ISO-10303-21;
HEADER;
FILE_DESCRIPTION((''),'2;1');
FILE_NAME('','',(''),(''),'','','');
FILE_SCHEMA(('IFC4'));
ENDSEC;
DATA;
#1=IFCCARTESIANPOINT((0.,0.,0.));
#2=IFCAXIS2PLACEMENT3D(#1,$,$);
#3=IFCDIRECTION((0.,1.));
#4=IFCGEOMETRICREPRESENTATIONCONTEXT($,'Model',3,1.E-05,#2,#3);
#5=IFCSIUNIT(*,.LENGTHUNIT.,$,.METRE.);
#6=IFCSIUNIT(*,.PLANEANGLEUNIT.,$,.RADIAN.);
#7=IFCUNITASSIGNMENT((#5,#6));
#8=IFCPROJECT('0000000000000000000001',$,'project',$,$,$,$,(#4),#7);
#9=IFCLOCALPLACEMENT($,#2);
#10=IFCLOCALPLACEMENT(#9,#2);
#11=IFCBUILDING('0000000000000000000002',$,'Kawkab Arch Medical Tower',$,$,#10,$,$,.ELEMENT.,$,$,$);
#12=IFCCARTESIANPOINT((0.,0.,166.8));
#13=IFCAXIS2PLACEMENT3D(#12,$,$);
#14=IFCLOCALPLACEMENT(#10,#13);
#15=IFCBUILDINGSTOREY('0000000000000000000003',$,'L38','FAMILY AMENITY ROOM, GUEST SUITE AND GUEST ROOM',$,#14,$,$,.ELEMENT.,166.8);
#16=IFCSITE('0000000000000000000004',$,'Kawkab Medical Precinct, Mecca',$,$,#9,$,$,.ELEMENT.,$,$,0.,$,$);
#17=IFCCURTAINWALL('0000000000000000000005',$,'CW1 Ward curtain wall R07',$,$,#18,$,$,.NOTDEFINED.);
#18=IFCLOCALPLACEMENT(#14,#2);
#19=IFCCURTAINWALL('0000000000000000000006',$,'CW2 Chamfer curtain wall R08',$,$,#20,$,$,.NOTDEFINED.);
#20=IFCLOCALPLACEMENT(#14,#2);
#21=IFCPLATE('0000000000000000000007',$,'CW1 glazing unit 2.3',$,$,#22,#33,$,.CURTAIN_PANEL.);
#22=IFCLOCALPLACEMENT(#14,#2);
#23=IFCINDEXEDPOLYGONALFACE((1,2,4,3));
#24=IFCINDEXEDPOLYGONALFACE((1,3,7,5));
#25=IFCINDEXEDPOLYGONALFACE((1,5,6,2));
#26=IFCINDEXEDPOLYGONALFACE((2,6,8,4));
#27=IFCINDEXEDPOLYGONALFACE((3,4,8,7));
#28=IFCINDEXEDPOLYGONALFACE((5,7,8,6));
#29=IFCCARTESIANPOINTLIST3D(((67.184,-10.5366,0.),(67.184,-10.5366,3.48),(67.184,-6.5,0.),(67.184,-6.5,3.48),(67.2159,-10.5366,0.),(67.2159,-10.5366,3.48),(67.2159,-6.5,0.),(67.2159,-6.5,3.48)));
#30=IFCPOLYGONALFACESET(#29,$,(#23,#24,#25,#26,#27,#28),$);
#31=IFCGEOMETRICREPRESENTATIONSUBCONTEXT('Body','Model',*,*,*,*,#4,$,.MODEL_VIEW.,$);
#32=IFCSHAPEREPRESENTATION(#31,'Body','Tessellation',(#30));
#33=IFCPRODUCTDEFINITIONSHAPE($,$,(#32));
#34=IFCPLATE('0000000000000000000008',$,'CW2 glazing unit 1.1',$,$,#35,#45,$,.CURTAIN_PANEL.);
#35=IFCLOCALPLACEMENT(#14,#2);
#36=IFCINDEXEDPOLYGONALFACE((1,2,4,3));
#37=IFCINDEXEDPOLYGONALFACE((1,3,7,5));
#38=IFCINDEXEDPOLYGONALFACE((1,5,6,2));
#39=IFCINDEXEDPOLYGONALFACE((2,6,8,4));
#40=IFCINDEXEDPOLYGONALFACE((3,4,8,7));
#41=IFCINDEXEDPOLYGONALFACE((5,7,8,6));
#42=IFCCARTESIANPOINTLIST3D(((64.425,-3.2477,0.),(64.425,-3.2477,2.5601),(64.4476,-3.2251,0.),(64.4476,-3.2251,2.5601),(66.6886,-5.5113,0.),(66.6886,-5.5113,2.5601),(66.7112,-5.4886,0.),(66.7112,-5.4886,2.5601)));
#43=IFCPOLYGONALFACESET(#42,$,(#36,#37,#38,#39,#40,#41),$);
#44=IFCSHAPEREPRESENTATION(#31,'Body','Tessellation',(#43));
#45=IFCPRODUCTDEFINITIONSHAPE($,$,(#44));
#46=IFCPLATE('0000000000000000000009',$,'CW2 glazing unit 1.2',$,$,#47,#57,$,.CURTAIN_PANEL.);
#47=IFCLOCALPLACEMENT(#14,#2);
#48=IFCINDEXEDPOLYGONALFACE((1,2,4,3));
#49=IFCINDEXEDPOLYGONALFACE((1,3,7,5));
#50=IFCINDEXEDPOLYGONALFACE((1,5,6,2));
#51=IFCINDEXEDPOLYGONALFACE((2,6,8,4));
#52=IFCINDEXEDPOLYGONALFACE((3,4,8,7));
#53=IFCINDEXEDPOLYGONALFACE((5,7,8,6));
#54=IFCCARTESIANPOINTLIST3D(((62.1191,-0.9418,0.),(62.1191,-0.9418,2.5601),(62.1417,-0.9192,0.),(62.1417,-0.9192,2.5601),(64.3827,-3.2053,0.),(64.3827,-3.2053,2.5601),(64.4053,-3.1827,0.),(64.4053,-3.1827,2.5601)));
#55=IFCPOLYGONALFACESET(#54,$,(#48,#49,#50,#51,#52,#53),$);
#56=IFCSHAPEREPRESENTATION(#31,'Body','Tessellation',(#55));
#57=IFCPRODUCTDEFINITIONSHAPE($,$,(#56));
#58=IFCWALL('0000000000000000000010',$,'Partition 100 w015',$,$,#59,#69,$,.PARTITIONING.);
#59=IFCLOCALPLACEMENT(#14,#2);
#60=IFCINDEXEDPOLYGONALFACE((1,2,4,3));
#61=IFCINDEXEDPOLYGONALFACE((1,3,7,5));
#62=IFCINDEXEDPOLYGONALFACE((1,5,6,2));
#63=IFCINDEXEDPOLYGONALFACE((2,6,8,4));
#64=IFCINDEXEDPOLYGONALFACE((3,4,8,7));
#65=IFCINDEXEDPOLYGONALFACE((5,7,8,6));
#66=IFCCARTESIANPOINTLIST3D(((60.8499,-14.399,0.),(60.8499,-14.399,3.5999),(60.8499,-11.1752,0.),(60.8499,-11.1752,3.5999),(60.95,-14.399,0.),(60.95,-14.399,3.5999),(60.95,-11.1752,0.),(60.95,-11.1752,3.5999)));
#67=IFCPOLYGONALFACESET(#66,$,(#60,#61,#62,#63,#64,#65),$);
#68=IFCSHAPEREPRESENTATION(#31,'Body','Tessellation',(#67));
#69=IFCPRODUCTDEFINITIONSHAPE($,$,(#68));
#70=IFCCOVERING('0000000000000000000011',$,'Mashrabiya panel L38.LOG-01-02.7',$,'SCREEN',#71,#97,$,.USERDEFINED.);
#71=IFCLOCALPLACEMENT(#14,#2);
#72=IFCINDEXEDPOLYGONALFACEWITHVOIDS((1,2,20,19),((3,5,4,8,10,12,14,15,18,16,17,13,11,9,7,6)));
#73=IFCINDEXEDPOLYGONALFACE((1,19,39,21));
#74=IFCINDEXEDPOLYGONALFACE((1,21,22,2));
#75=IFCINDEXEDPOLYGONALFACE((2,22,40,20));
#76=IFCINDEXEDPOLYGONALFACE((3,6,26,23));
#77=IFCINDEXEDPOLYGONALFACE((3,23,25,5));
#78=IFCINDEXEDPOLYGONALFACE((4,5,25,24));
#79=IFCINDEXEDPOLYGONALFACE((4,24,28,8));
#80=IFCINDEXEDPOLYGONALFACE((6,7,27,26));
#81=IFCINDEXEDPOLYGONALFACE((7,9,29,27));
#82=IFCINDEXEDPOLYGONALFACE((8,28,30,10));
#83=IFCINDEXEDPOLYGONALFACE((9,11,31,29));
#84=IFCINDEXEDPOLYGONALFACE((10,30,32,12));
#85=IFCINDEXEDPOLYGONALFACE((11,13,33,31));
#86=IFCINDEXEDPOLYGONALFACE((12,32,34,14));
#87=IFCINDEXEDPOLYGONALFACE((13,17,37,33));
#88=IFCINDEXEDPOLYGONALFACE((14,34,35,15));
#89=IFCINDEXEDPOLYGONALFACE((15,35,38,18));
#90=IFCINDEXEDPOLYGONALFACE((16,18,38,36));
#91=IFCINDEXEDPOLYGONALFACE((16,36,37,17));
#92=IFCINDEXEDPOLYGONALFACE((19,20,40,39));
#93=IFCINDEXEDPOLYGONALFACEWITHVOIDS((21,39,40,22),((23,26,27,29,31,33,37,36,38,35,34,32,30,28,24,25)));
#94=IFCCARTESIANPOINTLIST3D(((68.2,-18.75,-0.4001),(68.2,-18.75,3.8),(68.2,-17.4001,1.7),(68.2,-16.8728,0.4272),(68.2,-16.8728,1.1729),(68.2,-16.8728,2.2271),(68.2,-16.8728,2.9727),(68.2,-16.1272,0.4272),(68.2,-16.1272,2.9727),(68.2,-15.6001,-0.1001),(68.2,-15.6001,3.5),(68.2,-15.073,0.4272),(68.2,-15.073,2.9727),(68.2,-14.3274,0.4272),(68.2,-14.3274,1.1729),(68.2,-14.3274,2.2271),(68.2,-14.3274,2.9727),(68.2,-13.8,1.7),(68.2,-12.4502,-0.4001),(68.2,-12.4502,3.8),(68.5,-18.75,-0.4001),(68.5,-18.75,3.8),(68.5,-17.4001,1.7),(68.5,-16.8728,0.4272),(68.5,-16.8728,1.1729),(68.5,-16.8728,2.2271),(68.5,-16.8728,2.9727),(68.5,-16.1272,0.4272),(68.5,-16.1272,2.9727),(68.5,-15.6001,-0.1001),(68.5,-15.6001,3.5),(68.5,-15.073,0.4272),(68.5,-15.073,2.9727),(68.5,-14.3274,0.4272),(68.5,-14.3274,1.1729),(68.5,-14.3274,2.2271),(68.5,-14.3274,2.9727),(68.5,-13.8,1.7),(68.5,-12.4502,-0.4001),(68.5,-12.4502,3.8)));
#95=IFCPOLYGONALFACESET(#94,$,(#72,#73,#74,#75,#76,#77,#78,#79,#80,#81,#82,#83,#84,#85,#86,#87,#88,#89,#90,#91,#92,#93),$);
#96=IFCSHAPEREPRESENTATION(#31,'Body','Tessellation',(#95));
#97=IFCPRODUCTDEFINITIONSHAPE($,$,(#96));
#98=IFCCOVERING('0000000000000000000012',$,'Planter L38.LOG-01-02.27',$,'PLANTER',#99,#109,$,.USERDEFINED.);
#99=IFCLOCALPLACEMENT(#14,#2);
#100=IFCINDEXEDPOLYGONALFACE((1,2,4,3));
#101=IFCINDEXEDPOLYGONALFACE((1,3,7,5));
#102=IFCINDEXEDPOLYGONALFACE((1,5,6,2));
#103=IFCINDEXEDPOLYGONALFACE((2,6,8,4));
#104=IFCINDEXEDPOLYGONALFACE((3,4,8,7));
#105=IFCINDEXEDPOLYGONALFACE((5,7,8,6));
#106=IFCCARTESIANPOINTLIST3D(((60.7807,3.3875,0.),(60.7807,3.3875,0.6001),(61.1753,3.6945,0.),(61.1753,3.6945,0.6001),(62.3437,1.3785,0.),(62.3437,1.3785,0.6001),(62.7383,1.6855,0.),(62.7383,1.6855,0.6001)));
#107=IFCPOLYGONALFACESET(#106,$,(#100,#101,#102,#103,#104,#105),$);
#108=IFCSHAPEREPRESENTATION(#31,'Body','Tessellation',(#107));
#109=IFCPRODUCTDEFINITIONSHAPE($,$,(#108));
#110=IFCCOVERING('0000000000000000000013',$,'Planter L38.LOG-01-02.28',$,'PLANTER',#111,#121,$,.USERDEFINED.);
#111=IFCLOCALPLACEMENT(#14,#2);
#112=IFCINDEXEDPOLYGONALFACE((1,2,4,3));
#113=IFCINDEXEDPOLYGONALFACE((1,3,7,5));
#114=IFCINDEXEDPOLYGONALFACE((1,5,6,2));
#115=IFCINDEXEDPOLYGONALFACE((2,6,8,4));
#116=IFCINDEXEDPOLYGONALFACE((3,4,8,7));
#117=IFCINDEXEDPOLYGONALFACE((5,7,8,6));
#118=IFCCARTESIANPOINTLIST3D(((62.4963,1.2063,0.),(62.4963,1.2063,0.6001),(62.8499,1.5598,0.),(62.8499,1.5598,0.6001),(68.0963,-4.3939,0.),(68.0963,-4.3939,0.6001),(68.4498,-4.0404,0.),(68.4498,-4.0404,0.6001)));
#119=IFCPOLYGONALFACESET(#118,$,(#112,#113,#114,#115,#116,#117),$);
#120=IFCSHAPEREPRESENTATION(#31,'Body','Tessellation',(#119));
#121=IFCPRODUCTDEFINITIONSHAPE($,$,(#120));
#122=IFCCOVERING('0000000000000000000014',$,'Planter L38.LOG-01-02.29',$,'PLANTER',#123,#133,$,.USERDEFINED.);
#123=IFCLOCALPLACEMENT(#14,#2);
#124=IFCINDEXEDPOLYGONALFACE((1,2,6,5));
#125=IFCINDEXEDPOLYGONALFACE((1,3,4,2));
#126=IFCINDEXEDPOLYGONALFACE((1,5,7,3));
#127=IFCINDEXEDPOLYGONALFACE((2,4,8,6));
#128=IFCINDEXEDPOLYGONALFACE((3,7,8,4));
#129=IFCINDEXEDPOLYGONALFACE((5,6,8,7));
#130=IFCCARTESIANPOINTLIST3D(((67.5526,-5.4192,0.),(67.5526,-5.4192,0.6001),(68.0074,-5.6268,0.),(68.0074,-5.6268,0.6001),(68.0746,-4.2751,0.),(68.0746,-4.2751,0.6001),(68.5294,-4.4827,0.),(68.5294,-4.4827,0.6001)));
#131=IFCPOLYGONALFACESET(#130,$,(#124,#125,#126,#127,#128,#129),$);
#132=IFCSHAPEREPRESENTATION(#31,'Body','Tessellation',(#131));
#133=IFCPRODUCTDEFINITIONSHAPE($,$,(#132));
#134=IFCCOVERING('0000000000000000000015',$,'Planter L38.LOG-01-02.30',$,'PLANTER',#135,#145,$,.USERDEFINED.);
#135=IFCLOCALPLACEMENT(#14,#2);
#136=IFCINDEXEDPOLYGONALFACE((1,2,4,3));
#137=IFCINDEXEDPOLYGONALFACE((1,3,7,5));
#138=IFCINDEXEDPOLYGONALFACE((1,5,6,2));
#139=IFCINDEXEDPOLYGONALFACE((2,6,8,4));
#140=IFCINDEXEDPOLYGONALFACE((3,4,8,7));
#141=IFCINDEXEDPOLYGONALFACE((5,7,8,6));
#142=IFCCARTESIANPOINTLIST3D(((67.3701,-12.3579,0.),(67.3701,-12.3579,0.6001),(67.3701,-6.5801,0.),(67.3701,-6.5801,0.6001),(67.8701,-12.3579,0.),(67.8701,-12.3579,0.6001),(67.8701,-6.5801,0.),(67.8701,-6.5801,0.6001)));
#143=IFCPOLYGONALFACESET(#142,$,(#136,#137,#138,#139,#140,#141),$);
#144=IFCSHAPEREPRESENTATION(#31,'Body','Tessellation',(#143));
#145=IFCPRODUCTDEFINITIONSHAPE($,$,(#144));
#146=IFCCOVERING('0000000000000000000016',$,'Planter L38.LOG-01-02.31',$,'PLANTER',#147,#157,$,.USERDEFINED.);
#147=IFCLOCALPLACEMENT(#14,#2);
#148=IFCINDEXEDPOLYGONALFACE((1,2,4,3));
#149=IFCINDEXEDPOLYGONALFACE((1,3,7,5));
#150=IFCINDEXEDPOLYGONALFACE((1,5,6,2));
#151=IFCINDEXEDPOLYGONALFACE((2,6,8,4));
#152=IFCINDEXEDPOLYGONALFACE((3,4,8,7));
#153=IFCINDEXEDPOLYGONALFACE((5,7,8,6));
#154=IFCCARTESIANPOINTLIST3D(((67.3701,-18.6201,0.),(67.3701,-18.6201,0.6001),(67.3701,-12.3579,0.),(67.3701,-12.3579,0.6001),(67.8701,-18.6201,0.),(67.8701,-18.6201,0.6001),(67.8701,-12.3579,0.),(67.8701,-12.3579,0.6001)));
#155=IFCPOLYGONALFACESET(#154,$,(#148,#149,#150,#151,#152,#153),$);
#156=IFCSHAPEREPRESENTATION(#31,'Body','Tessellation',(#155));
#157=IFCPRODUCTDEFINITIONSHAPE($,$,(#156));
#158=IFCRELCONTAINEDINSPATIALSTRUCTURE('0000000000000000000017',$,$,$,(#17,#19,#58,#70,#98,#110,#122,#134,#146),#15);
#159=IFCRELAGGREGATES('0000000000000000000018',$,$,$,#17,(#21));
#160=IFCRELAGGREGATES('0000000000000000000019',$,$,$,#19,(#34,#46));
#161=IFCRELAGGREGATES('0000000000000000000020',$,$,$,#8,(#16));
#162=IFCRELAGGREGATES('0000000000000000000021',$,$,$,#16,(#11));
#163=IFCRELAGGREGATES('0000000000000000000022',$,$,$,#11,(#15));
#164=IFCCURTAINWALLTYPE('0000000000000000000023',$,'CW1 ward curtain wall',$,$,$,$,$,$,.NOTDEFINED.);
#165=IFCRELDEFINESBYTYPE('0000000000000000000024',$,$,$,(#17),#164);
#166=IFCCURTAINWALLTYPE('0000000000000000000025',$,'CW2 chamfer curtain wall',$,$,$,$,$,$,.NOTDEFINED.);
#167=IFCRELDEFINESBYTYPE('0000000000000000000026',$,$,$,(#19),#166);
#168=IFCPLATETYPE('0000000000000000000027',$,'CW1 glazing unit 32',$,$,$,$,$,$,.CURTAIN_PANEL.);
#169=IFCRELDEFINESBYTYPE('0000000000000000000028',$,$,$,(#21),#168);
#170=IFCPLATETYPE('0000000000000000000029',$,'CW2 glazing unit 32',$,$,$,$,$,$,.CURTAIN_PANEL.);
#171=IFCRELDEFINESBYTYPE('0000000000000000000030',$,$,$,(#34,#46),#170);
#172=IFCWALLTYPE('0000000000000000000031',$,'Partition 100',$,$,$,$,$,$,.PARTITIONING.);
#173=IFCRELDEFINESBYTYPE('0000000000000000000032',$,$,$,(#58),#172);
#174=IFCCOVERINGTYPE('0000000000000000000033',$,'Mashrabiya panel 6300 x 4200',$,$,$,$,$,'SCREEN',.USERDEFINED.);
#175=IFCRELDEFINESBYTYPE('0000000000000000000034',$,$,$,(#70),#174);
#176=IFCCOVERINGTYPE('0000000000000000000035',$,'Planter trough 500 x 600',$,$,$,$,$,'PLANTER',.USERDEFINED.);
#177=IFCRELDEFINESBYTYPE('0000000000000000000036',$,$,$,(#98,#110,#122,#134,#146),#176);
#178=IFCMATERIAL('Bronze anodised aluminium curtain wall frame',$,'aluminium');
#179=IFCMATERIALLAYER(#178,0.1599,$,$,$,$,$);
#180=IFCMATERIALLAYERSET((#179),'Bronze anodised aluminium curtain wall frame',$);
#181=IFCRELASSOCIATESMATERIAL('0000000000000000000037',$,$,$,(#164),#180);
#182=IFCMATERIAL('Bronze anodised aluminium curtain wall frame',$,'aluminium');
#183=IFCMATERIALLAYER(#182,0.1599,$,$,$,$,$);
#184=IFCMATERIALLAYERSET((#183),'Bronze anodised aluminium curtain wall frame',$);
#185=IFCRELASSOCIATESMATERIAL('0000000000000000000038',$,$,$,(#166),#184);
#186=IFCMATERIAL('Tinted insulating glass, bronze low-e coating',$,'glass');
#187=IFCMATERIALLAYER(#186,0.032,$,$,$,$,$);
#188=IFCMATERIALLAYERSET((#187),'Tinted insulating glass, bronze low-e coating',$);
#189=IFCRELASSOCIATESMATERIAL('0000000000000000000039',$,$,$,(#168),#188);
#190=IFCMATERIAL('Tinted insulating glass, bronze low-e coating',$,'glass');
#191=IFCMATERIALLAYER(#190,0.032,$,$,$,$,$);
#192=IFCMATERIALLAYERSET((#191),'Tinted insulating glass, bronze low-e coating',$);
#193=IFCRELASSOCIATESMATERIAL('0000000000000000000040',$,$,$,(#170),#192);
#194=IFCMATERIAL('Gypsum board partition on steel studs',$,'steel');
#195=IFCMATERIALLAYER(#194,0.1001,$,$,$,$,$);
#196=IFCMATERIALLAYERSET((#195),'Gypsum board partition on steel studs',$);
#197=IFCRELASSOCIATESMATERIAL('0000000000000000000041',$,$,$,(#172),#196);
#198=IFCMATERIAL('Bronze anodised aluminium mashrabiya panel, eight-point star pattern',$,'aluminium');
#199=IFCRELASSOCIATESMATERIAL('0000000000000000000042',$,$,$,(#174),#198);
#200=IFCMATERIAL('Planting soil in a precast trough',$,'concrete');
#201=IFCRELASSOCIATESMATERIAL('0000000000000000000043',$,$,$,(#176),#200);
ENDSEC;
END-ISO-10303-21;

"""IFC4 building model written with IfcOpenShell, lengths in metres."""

from ifc_helpers import new_model, si_unit, direction, frame, frame_2d, origin, origin_2d, place, context, subcontext, project, spatial, polyline, rectangle, outline, extrude, material, layer, layer_set, material_profile, profile_set, type_object, element, aggregate, save


model = new_model("IFC4")

# Units and contexts
model_context = context("Model", 3, precision=1e-05, world=origin(), true_north=direction((0.0, 1.0)))
body_context = subcontext(model_context, "Body", "Model", "MODEL_VIEW")
ifc_project = project(units=[si_unit("LENGTHUNIT", "METRE"), si_unit("PLANEANGLEUNIT", "RADIAN")], contexts=[model_context])

# Site, building, storey
site_placement = place(None, origin())
site = spatial("IfcSite", under=ifc_project, at=site_placement, Name="Kawkab Medical Precinct, Mecca", CompositionType="ELEMENT", RefElevation=0.0)
building_placement = place(site_placement, origin())
building = spatial("IfcBuilding", under=site, at=building_placement, Name="Kawkab Arch Medical Tower", CompositionType="ELEMENT")
storey_placement = place(building_placement, frame((0.0, 0.0, 166.8)))
storey = spatial("IfcBuildingStorey", under=building, at=storey_placement, Name="L38", Description="FAMILY AMENITY ROOM, GUEST SUITE AND GUEST ROOM", CompositionType="ELEMENT", Elevation=166.8)

# Curtain walls
ifc_material_1 = material(Name="Bronze anodised aluminium curtain wall frame", Category="aluminium")
ifc_layer_1 = layer(ifc_material_1, 0.1599)
ifc_layer_set_1 = layer_set([ifc_layer_1], Name="Bronze anodised aluminium curtain wall frame")
curtain_wall_type_1 = type_object("IfcCurtainWallType", Name="CW1 ward curtain wall", PredefinedType="NOTDEFINED", material=ifc_layer_set_1)
placement = place(storey_placement, origin())
curtain_wall_1 = element("IfcCurtainWall", 1, at=placement, inside=storey, type_object=curtain_wall_type_1, Name="CW1 Ward curtain wall R07", PredefinedType="NOTDEFINED")
ifc_material_2 = material(Name="Bronze anodised aluminium curtain wall frame", Category="aluminium")
ifc_layer_2 = layer(ifc_material_2, 0.1599)
ifc_layer_set_2 = layer_set([ifc_layer_2], Name="Bronze anodised aluminium curtain wall frame")
curtain_wall_type_2 = type_object("IfcCurtainWallType", Name="CW2 chamfer curtain wall", PredefinedType="NOTDEFINED", material=ifc_layer_set_2)
curtain_wall_2 = element("IfcCurtainWall", 2, at=placement, inside=storey, type_object=curtain_wall_type_2, Name="CW2 Chamfer curtain wall R08", PredefinedType="NOTDEFINED")

# Plates
ifc_material_3 = material(Name="Tinted insulating glass, bronze low-e coating", Category="glass")
ifc_layer_3 = layer(ifc_material_3, 0.032)
ifc_layer_set_3 = layer_set([ifc_layer_3], Name="Tinted insulating glass, bronze low-e coating")
plate_type_1 = type_object("IfcPlateType", Name="CW1 glazing unit 32", PredefinedType="CURTAIN_PANEL", material=ifc_layer_set_3)
plate_1_placement = place(storey_placement, frame((67.2, -8.5183, 0.0), z_axis=(0.0, 0.0, 1.0), x_axis=(0.0, 1.0, 0.0)))
plate_1 = element("IfcPlate", 3, at=plate_1_placement, type_object=plate_type_1, Name="CW1 glazing unit 2.3", PredefinedType="CURTAIN_PANEL", context=body_context, shape_type="SweptSolid", body=[
    extrude(rectangle(XDim=4.0366, YDim=0.032, at=origin_2d()), origin(), (0.0, 0.0, 1.0), 3.48),
])
aggregate(curtain_wall_1, [plate_1])
ifc_material_4 = material(Name="Tinted insulating glass, bronze low-e coating", Category="glass")
ifc_layer_4 = layer(ifc_material_4, 0.032)
ifc_layer_set_4 = layer_set([ifc_layer_4], Name="Tinted insulating glass, bronze low-e coating")
plate_type_2 = type_object("IfcPlateType", Name="CW2 glazing unit 32", PredefinedType="CURTAIN_PANEL", material=ifc_layer_set_4)
plate_2_placement = place(storey_placement, frame((65.5681, -4.3682, 0.0), z_axis=(0.0, 0.0, 1.0), x_axis=(-0.707107, 0.707107, 0.0)))
plate_2 = element("IfcPlate", 4, at=plate_2_placement, type_object=plate_type_2, Name="CW2 glazing unit 1.1", PredefinedType="CURTAIN_PANEL", context=body_context, shape_type="SweptSolid", body=[
    extrude(rectangle(XDim=3.2012, YDim=0.032, at=origin_2d()), origin(), (0.0, 0.0, 1.0), 2.5601),
])
plate_3_placement = place(storey_placement, frame((63.2622, -2.0623, 0.0), z_axis=(0.0, 0.0, 1.0), x_axis=(-0.707107, 0.707107, 0.0)))
plate_3 = element("IfcPlate", 5, at=plate_3_placement, type_object=plate_type_2, Name="CW2 glazing unit 1.2", PredefinedType="CURTAIN_PANEL", context=body_context, shape_type="SweptSolid", body=[
    extrude(rectangle(XDim=3.2012, YDim=0.032, at=origin_2d()), origin(), (0.0, 0.0, 1.0), 2.5601),
])
aggregate(curtain_wall_2, [plate_2, plate_3])

# Wall
ifc_material_5 = material(Name="Gypsum board partition on steel studs", Category="steel")
ifc_layer_5 = layer(ifc_material_5, 0.1001)
ifc_layer_set_5 = layer_set([ifc_layer_5], Name="Gypsum board partition on steel studs")
wall_type = type_object("IfcWallType", Name="Partition 100", PredefinedType="PARTITIONING", material=ifc_layer_set_5)
wall_placement = place(storey_placement, frame((60.8999, -14.3989, 0.0), z_axis=(0.0, 0.0, 1.0), x_axis=(0.0, 1.0, 0.0)))
element("IfcWall", 6, at=wall_placement, inside=storey, type_object=wall_type, Name="Partition 100 w015", PredefinedType="PARTITIONING", context=body_context, shape_type="SweptSolid", body=[
    extrude(rectangle(XDim=3.2239, YDim=0.1001, at=frame_2d((1.6118, 0.0))), origin(), (0.0, 0.0, 1.0), 3.5999),
])

# Coverings
ifc_material_6 = material(Name="Bronze anodised aluminium mashrabiya panel, eight-point star pattern", Category="aluminium")
ifc_material_profile_1 = material_profile(ifc_material_6, outline(polyline([(-3.1499, -2.1001), (3.1499, -2.1001), (3.1499, 2.1001), (-3.1499, 2.1001), (-3.1499, -2.1001)]), holes=[polyline([(1.8, 0.0), (1.2727, 0.5271), (1.2727, 1.2727), (0.5271, 1.2727), (0.0, 1.8), (-0.5271, 1.2727), (-1.2727, 1.2727), (-1.2727, 0.5271), (-1.8, 0.0), (-1.2727, -0.5271), (-1.2727, -1.2727), (-0.5271, -1.2727), (0.0, -1.8), (0.5271, -1.2727), (1.2727, -1.2727), (1.2727, -0.5271), (1.8, 0.0)])]), Name="Mashrabiya panel 6300x4200")
ifc_profile_set_1 = profile_set([ifc_material_profile_1], Name="Bronze anodised aluminium mashrabiya panel, eight-point star pattern")
covering_type_1 = type_object("IfcCoveringType", Name="Mashrabiya panel 6300 x 4200", ElementType="SCREEN", PredefinedType="USERDEFINED", material=ifc_profile_set_1)
covering_1_placement = place(storey_placement, frame((68.2, -15.6001, 1.7), z_axis=(1.0, 0.0, 0.0), x_axis=(0.0, 1.0, 0.0)))
element("IfcCovering", 7, at=covering_1_placement, inside=storey, type_object=covering_type_1, Name="Mashrabiya panel L38.LOG-01-02.7", ObjectType="SCREEN", PredefinedType="USERDEFINED", context=body_context, shape_type="SweptSolid", body=[
    extrude(outline(polyline([(-3.1499, -2.1001), (3.1499, -2.1001), (3.1499, 2.1001), (-3.1499, 2.1001), (-3.1499, -2.1001)]), holes=[polyline([(1.8, 0.0), (1.2727, 0.5271), (1.2727, 1.2727), (0.5271, 1.2727), (0.0, 1.8), (-0.5271, 1.2727), (-1.2727, 1.2727), (-1.2727, 0.5271), (-1.8, 0.0), (-1.2727, -0.5271), (-1.2727, -1.2727), (-0.5271, -1.2727), (0.0, -1.8), (0.5271, -1.2727), (1.2727, -1.2727), (1.2727, -0.5271), (1.8, 0.0)])]), origin(), (0.0, 0.0, 1.0), 0.3),
])
ifc_material_7 = material(Name="Planting soil in a precast trough", Category="concrete")
ifc_material_profile_2 = material_profile(ifc_material_7, rectangle(XDim=0.5, YDim=0.6001, at=origin_2d()), Name="Trough 500x600")
ifc_profile_set_2 = profile_set([ifc_material_profile_2], Name="Planting soil in a precast trough")
covering_type_2 = type_object("IfcCoveringType", Name="Planter trough 500 x 600", ElementType="PLANTER", PredefinedType="USERDEFINED", material=ifc_profile_set_2)
covering_2_placement = place(storey_placement, frame((60.978, 3.541, 0.3), z_axis=(0.61404, -0.789275, 0.0), x_axis=(0.789275, 0.61404, 0.0)))
element("IfcCovering", 8, at=covering_2_placement, inside=storey, type_object=covering_type_2, Name="Planter L38.LOG-01-02.27", ObjectType="PLANTER", PredefinedType="USERDEFINED", context=body_context, shape_type="SweptSolid", body=[
    extrude(rectangle(XDim=0.5, YDim=0.6001, at=origin_2d()), origin(), (0.0, 0.0, 1.0), 2.5454),
])
covering_3_placement = place(storey_placement, frame((62.6731, 1.3831, 0.3), z_axis=(0.707091, -0.707122, 0.0), x_axis=(0.707122, 0.707091, 0.0)))
element("IfcCovering", 9, at=covering_3_placement, inside=storey, type_object=covering_type_2, Name="Planter L38.LOG-01-02.28", ObjectType="PLANTER", PredefinedType="USERDEFINED", context=body_context, shape_type="SweptSolid", body=[
    extrude(rectangle(XDim=0.5, YDim=0.6001, at=origin_2d()), origin(), (0.0, 0.0, 1.0), 7.9197),
])
covering_4_placement = place(storey_placement, frame((68.302, -4.3789, 0.3), z_axis=(-0.41509, -0.90978, 0.0), x_axis=(0.90978, -0.41509, 0.0)))
element("IfcCovering", 10, at=covering_4_placement, inside=storey, type_object=covering_type_2, Name="Planter L38.LOG-01-02.29", ObjectType="PLANTER", PredefinedType="USERDEFINED", context=body_context, shape_type="SweptSolid", body=[
    extrude(rectangle(XDim=0.5, YDim=0.6001, at=origin_2d()), origin(), (0.0, 0.0, 1.0), 1.2576),
])
covering_5_placement = place(storey_placement, frame((67.6201, -6.5801, 0.3), z_axis=(0.0, -1.0, 0.0), x_axis=(1.0, 0.0, 0.0)))
element("IfcCovering", 11, at=covering_5_placement, inside=storey, type_object=covering_type_2, Name="Planter L38.LOG-01-02.30", ObjectType="PLANTER", PredefinedType="USERDEFINED", context=body_context, shape_type="SweptSolid", body=[
    extrude(rectangle(XDim=0.5, YDim=0.6001, at=origin_2d()), origin(), (0.0, 0.0, 1.0), 5.7778),
])
covering_6_placement = place(storey_placement, frame((67.6201, -12.3579, 0.3), z_axis=(0.0, -1.0, 0.0), x_axis=(1.0, 0.0, 0.0)))
element("IfcCovering", 12, at=covering_6_placement, inside=storey, type_object=covering_type_2, Name="Planter L38.LOG-01-02.31", ObjectType="PLANTER", PredefinedType="USERDEFINED", context=body_context, shape_type="SweptSolid", body=[
    extrude(rectangle(XDim=0.5, YDim=0.6001, at=origin_2d()), origin(), (0.0, 0.0, 1.0), 6.2622),
])

save(model, "model.ifc")
